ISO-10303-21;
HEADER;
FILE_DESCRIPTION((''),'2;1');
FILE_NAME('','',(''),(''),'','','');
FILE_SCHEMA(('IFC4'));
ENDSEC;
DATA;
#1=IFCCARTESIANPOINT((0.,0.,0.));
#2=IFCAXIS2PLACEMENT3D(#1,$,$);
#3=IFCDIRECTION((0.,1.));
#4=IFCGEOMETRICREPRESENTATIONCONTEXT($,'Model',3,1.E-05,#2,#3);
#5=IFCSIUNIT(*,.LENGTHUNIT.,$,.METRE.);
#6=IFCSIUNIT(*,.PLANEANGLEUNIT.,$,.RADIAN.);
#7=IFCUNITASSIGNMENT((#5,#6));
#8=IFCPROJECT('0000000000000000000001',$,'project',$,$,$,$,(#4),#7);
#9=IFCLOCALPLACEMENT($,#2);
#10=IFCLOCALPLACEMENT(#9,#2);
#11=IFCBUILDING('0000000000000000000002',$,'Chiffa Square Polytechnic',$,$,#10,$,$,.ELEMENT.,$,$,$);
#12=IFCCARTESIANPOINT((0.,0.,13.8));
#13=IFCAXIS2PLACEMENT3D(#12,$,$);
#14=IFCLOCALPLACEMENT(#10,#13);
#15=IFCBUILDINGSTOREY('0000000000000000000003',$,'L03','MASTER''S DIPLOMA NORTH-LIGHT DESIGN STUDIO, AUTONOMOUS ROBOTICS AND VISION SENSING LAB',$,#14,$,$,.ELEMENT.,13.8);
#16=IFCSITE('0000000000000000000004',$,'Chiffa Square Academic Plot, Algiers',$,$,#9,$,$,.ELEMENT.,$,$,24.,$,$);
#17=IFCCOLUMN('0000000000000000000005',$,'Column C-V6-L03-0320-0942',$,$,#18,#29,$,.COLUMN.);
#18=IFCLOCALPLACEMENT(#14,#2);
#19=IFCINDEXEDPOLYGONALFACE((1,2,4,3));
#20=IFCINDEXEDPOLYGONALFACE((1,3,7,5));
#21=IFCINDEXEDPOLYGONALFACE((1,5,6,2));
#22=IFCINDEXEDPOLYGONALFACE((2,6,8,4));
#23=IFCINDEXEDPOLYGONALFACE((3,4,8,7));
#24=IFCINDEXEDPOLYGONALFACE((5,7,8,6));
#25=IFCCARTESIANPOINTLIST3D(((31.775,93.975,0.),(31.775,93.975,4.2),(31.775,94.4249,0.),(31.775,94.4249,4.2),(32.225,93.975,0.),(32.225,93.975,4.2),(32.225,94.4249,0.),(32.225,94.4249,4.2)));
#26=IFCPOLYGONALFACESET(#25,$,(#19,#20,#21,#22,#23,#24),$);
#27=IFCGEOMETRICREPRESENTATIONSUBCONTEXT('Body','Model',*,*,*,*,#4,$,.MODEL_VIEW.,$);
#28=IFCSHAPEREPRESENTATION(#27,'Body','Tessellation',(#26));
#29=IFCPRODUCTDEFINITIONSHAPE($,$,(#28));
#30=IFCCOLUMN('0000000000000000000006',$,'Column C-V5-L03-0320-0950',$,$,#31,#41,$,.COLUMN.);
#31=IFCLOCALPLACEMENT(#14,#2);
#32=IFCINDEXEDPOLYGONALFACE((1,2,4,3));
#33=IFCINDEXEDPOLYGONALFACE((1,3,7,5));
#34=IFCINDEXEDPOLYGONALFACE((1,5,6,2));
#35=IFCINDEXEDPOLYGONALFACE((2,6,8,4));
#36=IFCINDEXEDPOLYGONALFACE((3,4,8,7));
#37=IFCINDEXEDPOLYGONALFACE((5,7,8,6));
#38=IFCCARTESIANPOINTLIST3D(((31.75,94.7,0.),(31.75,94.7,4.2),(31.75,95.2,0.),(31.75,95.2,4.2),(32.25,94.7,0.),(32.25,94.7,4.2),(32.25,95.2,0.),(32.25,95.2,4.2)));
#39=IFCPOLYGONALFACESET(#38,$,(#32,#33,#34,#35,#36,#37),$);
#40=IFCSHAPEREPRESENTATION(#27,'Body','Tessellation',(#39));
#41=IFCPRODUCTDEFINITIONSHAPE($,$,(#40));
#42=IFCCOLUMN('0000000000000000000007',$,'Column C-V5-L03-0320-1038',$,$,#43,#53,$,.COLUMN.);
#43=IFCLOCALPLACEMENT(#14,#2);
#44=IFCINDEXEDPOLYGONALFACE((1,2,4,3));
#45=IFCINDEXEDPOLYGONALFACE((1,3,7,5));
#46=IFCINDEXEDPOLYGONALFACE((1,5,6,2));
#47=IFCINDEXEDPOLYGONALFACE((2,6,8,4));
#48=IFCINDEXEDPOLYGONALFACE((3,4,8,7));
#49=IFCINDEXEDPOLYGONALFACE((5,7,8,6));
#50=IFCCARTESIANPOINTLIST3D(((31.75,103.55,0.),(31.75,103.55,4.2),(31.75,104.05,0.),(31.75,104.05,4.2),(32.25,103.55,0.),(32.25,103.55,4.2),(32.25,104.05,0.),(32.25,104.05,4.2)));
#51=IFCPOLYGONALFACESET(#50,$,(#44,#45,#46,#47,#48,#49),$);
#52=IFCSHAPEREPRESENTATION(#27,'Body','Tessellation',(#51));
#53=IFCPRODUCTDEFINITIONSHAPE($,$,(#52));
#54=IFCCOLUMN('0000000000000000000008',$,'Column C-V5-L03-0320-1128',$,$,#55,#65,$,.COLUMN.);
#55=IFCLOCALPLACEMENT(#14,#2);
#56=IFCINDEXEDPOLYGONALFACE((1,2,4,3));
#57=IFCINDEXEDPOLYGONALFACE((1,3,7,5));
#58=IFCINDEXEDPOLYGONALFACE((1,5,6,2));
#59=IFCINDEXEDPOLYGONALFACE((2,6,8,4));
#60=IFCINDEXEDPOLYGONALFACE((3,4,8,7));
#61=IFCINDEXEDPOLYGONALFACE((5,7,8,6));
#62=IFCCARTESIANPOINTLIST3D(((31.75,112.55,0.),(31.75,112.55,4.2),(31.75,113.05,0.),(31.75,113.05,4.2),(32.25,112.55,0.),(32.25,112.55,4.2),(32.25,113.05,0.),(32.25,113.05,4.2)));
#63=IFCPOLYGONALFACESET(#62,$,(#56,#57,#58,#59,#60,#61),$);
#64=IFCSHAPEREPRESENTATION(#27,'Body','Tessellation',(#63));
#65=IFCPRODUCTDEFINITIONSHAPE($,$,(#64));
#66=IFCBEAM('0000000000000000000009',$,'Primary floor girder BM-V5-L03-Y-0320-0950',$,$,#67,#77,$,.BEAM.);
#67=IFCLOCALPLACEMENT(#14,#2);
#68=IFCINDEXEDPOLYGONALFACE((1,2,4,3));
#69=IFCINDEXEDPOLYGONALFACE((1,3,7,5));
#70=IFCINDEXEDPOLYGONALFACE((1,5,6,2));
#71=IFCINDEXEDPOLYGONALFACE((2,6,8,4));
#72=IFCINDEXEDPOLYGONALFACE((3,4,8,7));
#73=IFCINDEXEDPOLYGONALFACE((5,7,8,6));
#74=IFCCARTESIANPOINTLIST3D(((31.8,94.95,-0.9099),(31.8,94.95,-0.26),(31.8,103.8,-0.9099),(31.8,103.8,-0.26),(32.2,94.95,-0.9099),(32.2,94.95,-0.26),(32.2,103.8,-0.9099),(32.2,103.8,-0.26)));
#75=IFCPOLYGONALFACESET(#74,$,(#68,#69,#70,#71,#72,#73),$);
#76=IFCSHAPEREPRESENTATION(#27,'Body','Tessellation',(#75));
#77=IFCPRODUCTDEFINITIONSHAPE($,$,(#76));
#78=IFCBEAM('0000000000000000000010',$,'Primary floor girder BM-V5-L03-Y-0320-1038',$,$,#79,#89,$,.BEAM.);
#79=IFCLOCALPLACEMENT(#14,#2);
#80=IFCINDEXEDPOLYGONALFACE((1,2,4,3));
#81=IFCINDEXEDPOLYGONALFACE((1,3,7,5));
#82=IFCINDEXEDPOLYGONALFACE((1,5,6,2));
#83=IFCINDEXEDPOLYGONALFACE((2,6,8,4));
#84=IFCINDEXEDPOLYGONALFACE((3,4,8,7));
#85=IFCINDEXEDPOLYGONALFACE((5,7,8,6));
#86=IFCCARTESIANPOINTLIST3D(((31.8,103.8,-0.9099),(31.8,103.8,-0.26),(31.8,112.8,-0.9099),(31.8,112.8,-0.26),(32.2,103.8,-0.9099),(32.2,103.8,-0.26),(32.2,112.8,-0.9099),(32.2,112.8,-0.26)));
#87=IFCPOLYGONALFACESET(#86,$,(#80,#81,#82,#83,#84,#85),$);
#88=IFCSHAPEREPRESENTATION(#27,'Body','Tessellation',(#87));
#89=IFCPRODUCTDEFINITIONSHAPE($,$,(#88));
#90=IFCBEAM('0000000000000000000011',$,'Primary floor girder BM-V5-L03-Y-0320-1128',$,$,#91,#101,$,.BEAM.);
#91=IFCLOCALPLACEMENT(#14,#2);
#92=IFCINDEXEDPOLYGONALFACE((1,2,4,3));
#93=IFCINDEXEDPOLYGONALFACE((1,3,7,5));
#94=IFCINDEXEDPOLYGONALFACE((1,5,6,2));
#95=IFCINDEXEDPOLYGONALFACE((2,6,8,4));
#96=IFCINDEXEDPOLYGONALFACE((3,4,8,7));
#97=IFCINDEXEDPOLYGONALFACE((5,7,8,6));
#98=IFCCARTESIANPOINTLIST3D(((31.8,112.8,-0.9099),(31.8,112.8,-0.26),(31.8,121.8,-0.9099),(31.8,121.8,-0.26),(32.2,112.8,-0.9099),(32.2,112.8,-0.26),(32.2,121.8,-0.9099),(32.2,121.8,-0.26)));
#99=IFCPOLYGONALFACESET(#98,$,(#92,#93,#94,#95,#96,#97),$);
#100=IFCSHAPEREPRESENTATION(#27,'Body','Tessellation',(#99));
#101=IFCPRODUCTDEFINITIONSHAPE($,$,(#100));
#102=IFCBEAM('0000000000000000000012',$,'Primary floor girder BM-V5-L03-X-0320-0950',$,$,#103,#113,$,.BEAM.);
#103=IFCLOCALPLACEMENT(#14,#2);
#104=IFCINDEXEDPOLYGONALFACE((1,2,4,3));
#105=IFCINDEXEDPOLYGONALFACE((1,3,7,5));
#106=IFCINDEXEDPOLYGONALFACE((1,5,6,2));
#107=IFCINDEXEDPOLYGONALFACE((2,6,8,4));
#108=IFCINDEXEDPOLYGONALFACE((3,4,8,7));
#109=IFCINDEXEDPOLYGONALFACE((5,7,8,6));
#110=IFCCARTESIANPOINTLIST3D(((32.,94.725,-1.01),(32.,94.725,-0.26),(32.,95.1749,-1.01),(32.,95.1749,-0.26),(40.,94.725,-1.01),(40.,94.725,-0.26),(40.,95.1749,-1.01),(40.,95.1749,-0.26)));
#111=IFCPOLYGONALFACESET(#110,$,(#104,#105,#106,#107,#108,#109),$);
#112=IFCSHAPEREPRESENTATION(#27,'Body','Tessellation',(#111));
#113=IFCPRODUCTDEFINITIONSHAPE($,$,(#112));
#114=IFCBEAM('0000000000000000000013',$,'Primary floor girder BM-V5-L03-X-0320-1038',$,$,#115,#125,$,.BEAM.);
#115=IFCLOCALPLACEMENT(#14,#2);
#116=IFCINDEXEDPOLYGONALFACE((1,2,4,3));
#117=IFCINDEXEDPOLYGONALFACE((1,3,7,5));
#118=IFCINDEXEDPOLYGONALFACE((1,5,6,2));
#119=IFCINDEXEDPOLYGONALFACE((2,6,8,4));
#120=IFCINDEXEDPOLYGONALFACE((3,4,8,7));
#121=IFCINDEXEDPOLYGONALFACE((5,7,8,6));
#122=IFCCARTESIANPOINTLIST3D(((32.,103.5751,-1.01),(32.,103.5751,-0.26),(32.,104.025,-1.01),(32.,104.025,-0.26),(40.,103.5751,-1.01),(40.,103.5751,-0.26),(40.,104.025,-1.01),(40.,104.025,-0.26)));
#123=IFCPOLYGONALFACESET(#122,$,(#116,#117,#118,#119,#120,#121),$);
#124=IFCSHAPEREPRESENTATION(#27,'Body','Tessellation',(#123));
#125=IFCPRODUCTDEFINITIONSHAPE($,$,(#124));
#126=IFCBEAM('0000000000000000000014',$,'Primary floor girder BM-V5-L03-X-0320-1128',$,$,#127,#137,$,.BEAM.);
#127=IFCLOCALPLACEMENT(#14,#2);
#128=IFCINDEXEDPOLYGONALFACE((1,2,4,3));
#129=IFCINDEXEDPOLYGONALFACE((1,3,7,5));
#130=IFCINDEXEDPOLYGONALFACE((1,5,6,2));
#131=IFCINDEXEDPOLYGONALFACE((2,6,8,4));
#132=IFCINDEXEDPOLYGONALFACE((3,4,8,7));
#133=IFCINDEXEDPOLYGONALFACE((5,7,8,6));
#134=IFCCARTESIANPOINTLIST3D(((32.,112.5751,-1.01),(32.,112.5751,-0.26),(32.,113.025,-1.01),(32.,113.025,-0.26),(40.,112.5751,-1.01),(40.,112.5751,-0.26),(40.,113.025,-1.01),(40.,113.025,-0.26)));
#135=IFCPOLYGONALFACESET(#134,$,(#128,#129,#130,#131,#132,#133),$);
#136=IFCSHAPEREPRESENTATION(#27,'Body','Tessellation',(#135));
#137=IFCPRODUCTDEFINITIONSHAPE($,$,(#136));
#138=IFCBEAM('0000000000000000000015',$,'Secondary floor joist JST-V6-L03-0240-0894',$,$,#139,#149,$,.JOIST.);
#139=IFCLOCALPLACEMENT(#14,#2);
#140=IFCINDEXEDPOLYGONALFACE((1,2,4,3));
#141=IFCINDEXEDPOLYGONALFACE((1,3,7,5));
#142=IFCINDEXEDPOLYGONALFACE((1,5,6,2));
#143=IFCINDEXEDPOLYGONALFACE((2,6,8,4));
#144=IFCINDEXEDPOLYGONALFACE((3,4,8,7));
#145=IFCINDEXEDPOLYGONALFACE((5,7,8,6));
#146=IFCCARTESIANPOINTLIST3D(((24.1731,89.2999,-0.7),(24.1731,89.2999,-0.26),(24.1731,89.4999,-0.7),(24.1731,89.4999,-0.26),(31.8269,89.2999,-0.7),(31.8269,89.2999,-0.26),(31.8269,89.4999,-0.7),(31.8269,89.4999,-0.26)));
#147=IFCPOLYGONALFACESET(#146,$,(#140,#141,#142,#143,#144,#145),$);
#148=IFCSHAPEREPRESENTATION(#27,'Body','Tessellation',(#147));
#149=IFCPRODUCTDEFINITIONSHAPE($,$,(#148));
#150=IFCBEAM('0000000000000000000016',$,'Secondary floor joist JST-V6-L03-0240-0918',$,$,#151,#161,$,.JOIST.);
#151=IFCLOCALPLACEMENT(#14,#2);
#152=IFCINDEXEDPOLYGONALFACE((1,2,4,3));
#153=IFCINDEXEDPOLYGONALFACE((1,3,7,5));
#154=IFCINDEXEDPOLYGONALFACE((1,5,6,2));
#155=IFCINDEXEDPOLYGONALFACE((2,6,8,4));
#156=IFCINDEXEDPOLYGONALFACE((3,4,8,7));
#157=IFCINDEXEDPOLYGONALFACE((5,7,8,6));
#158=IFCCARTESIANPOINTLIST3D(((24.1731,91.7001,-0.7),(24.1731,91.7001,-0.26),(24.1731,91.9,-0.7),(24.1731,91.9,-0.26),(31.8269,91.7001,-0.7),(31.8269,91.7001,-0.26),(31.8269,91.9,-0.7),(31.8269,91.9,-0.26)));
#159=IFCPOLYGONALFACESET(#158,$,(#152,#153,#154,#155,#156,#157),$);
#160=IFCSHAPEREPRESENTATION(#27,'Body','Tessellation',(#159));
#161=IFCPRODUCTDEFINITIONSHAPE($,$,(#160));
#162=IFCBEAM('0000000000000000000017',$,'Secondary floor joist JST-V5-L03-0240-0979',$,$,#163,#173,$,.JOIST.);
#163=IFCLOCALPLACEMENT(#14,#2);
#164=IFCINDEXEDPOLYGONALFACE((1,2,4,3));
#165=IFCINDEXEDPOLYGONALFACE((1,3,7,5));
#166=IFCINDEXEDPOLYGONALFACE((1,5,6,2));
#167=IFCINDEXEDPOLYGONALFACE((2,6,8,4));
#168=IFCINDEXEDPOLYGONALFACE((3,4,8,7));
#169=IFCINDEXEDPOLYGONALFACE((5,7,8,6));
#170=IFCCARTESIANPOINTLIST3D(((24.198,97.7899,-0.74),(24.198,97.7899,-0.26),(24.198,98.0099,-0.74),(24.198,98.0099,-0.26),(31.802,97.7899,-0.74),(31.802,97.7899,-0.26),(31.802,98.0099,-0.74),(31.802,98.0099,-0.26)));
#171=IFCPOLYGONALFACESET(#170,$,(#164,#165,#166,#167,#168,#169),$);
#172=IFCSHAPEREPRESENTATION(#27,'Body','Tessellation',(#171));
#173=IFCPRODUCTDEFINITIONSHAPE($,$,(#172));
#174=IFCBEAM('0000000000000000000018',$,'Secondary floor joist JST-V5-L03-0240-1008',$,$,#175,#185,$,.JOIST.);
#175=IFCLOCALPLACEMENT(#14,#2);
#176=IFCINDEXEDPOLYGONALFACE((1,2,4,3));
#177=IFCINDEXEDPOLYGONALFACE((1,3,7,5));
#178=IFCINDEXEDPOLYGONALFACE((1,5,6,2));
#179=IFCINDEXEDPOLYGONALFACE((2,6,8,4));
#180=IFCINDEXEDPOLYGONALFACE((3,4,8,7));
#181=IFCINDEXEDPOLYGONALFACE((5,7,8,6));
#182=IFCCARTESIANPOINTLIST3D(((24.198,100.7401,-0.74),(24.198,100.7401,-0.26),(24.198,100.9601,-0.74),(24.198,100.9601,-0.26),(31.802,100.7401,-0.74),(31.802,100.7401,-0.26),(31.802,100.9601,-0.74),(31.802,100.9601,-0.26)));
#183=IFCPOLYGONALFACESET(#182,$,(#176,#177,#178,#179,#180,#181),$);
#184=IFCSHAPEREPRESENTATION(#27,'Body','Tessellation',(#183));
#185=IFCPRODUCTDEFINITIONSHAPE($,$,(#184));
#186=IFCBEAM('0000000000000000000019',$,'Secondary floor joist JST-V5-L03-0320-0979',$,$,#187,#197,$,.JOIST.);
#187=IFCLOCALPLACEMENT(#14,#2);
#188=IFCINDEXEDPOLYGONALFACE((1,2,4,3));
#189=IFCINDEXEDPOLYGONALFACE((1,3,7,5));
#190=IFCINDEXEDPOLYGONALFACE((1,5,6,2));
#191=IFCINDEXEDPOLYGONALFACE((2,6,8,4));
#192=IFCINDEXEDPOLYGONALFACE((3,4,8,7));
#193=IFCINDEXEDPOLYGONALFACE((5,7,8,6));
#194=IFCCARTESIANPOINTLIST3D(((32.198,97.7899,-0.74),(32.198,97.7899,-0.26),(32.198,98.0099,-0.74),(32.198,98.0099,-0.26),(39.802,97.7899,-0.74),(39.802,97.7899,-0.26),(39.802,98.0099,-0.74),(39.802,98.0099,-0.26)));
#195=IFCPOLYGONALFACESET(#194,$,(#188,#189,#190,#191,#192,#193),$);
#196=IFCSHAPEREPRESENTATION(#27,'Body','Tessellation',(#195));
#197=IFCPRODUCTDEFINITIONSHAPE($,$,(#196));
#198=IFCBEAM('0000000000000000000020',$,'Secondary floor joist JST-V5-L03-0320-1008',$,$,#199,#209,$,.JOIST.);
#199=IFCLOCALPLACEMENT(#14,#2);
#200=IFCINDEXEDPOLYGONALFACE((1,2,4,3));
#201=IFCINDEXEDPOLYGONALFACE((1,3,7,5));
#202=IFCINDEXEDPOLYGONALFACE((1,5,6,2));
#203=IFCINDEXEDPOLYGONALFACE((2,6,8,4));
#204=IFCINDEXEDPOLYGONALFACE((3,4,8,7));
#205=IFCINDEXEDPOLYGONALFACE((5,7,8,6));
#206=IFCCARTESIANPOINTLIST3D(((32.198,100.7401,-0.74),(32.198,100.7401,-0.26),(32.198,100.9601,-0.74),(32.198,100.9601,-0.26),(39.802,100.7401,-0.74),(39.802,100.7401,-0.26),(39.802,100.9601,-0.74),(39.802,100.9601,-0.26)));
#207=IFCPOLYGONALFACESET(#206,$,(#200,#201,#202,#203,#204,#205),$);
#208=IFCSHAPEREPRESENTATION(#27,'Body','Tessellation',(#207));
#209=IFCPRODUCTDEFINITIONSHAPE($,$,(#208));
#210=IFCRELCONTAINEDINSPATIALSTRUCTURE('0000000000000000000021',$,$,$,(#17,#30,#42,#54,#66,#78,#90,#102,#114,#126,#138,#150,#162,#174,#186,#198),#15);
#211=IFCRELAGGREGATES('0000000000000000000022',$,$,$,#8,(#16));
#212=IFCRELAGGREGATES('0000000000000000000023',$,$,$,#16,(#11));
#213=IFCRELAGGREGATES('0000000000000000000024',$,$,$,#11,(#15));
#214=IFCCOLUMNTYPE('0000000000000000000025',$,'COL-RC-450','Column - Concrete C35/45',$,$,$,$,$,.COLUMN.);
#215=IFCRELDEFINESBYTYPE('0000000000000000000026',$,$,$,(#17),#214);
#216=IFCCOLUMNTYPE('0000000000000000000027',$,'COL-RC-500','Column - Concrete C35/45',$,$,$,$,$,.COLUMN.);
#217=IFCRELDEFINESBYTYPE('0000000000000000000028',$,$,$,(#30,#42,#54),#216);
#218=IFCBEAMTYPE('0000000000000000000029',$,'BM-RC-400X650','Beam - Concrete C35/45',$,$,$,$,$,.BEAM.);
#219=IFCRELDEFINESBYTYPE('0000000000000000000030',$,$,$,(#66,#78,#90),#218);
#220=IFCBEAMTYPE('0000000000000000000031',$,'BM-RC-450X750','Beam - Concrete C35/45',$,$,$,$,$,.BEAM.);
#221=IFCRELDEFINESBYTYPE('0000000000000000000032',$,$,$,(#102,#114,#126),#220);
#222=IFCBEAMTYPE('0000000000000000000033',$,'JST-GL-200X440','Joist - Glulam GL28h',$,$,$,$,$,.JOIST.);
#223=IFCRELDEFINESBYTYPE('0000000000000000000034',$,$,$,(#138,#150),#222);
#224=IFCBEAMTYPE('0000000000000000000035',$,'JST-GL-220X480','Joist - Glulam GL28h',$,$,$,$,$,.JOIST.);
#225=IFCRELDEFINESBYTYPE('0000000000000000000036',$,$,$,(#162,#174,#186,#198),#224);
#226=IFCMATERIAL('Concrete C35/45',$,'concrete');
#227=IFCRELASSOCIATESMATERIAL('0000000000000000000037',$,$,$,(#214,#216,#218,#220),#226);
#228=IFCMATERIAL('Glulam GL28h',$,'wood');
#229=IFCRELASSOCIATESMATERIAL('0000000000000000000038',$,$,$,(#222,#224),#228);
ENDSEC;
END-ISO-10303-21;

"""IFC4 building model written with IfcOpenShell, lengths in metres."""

from ifc_helpers import new_model, si_unit, direction, frame, origin, origin_2d, place, context, subcontext, project, spatial, rectangle, extrude, material, material_profile, profile_set, type_object, element, save


model = new_model("IFC4")

# Units and contexts
model_context = context("Model", 3, precision=1e-05, world=origin(), true_north=direction((0.0, 1.0)))
body_context = subcontext(model_context, "Body", "Model", "MODEL_VIEW")
ifc_project = project(units=[si_unit("LENGTHUNIT", "METRE"), si_unit("PLANEANGLEUNIT", "RADIAN")], contexts=[model_context])

# Site, building, storey
site_placement = place(None, origin())
site = spatial("IfcSite", under=ifc_project, at=site_placement, Name="Chiffa Square Academic Plot, Algiers", CompositionType="ELEMENT", RefElevation=24.0)
building_placement = place(site_placement, origin())
building = spatial("IfcBuilding", under=site, at=building_placement, Name="Chiffa Square Polytechnic", CompositionType="ELEMENT")
storey_placement = place(building_placement, frame((0.0, 0.0, 13.8)))
storey = spatial("IfcBuildingStorey", under=building, at=storey_placement, Name="L03", Description="MASTER'S DIPLOMA NORTH-LIGHT DESIGN STUDIO, AUTONOMOUS ROBOTICS AND VISION SENSING LAB", CompositionType="ELEMENT", Elevation=13.8)

# Columns
ifc_material_1 = material(Name="Concrete C35/45", Category="concrete")
ifc_material_profile_1 = material_profile(ifc_material_1, rectangle(XDim=0.45, YDim=0.45, at=origin_2d()), Name="RC 450x450")
ifc_profile_set_1 = profile_set([ifc_material_profile_1], Name="Concrete C35/45")
column_type_1 = type_object("IfcColumnType", Name="COL-RC-450", Description="Column - Concrete C35/45", PredefinedType="COLUMN", material=ifc_profile_set_1)
column_placement = place(storey_placement, frame((32.0, 94.2, 0.0), z_axis=(0.0, 0.0, 1.0), x_axis=(1.0, 0.0, 0.0)))
element("IfcColumn", 1, at=column_placement, inside=storey, type_object=column_type_1, Name="Column C-V6-L03-0320-0942", PredefinedType="COLUMN", context=body_context, shape_type="SweptSolid", body=[
    extrude(rectangle(XDim=0.45, YDim=0.45, at=origin_2d()), origin(), (0.0, 0.0, 1.0), 4.2),
])
ifc_material_profile_2 = material_profile(ifc_material_1, rectangle(XDim=0.5, YDim=0.5, at=origin_2d()), Name="RC 500x500")
ifc_profile_set_2 = profile_set([ifc_material_profile_2], Name="Concrete C35/45")
column_type_2 = type_object("IfcColumnType", Name="COL-RC-500", Description="Column - Concrete C35/45", PredefinedType="COLUMN", material=ifc_profile_set_2)
for number, where, z_axis, x_axis, name in (
    (2, (32.0, 94.95, 0.0), (0.0, 0.0, 1.0), (1.0, 0.0, 0.0), "Column C-V5-L03-0320-0950"),
    (3, (32.0, 103.8, 0.0), (0.0, 0.0, 1.0), (1.0, 0.0, 0.0), "Column C-V5-L03-0320-1038"),
    (4, (32.0, 112.8, 0.0), (0.0, 0.0, 1.0), (1.0, 0.0, 0.0), "Column C-V5-L03-0320-1128"),
):
    element("IfcColumn", number, at=place(storey_placement, frame(where, z_axis=z_axis, x_axis=x_axis)), inside=storey, type_object=column_type_2, Name=name, PredefinedType="COLUMN", context=body_context, shape_type="SweptSolid", body=[
        extrude(rectangle(XDim=0.5, YDim=0.5, at=origin_2d()), origin(), (0.0, 0.0, 1.0), 4.2),
    ])

# Beams
ifc_material_profile_3 = material_profile(ifc_material_1, rectangle(XDim=0.3999, YDim=0.6499, at=origin_2d()), Name="RC 400x650")
ifc_profile_set_3 = profile_set([ifc_material_profile_3], Name="Concrete C35/45")
beam_type_1 = type_object("IfcBeamType", Name="BM-RC-400X650", Description="Beam - Concrete C35/45", PredefinedType="BEAM", material=ifc_profile_set_3)
beam_placement = place(storey_placement, frame((32.0, 94.95, -0.585), z_axis=(0.0, 1.0, 0.0), x_axis=(-1.0, 0.0, 0.0)))
element("IfcBeam", 5, at=beam_placement, inside=storey, type_object=beam_type_1, Name="Primary floor girder BM-V5-L03-Y-0320-0950", PredefinedType="BEAM", context=body_context, shape_type="SweptSolid", body=[
    extrude(rectangle(XDim=0.3999, YDim=0.6499, at=origin_2d()), origin(), (0.0, 0.0, 1.0), 8.8501),
])
for number, where, z_axis, x_axis, name in (
    (6, (32.0, 103.8, -0.585), (0.0, 1.0, 0.0), (-1.0, 0.0, 0.0), "Primary floor girder BM-V5-L03-Y-0320-1038"),
    (7, (32.0, 112.8, -0.585), (0.0, 1.0, 0.0), (-1.0, 0.0, 0.0), "Primary floor girder BM-V5-L03-Y-0320-1128"),
):
    element("IfcBeam", number, at=place(storey_placement, frame(where, z_axis=z_axis, x_axis=x_axis)), inside=storey, type_object=beam_type_1, Name=name, PredefinedType="BEAM", context=body_context, shape_type="SweptSolid", body=[
        extrude(rectangle(XDim=0.3999, YDim=0.6499, at=origin_2d()), origin(), (0.0, 0.0, 1.0), 9.0),
    ])
ifc_material_profile_4 = material_profile(ifc_material_1, rectangle(XDim=0.45, YDim=0.75, at=origin_2d()), Name="RC 450x750")
ifc_profile_set_4 = profile_set([ifc_material_profile_4], Name="Concrete C35/45")
beam_type_2 = type_object("IfcBeamType", Name="BM-RC-450X750", Description="Beam - Concrete C35/45", PredefinedType="BEAM", material=ifc_profile_set_4)
for number, where, z_axis, x_axis, name in (
    (8, (32.0, 94.95, -0.635), (1.0, 0.0, 0.0), (0.0, 1.0, 0.0), "Primary floor girder BM-V5-L03-X-0320-0950"),
    (9, (32.0, 103.8, -0.635), (1.0, 0.0, 0.0), (0.0, 1.0, 0.0), "Primary floor girder BM-V5-L03-X-0320-1038"),
    (10, (32.0, 112.8, -0.635), (1.0, 0.0, 0.0), (0.0, 1.0, 0.0), "Primary floor girder BM-V5-L03-X-0320-1128"),
):
    element("IfcBeam", number, at=place(storey_placement, frame(where, z_axis=z_axis, x_axis=x_axis)), inside=storey, type_object=beam_type_2, Name=name, PredefinedType="BEAM", context=body_context, shape_type="SweptSolid", body=[
        extrude(rectangle(XDim=0.45, YDim=0.75, at=origin_2d()), origin(), (0.0, 0.0, 1.0), 8.0),
    ])
ifc_material_2 = material(Name="Glulam GL28h", Category="wood")
ifc_material_profile_5 = material_profile(ifc_material_2, rectangle(XDim=0.2, YDim=0.4399, at=origin_2d()), Name="GL28h 200x440")
ifc_profile_set_5 = profile_set([ifc_material_profile_5], Name="Glulam GL28h")
beam_type_3 = type_object("IfcBeamType", Name="JST-GL-200X440", Description="Joist - Glulam GL28h", PredefinedType="JOIST", material=ifc_profile_set_5)
for number, where, z_axis, x_axis, name in (
    (11, (24.1731, 89.3999, -0.48), (1.0, 0.0, 0.0), (0.0, 1.0, 0.0), "Secondary floor joist JST-V6-L03-0240-0894"),
    (12, (24.1731, 91.8, -0.48), (1.0, 0.0, 0.0), (0.0, 1.0, 0.0), "Secondary floor joist JST-V6-L03-0240-0918"),
):
    element("IfcBeam", number, at=place(storey_placement, frame(where, z_axis=z_axis, x_axis=x_axis)), inside=storey, type_object=beam_type_3, Name=name, PredefinedType="JOIST", context=body_context, shape_type="SweptSolid", body=[
        extrude(rectangle(XDim=0.2, YDim=0.4399, at=origin_2d()), origin(), (0.0, 0.0, 1.0), 7.6538),
    ])
ifc_material_profile_6 = material_profile(ifc_material_2, rectangle(XDim=0.22, YDim=0.48, at=origin_2d()), Name="GL28h 220x480")
ifc_profile_set_6 = profile_set([ifc_material_profile_6], Name="Glulam GL28h")
beam_type_4 = type_object("IfcBeamType", Name="JST-GL-220X480", Description="Joist - Glulam GL28h", PredefinedType="JOIST", material=ifc_profile_set_6)
for number, where, z_axis, x_axis, name in (
    (13, (24.198, 97.8999, -0.5), (1.0, 0.0, 0.0), (0.0, 1.0, 0.0), "Secondary floor joist JST-V5-L03-0240-0979"),
    (14, (24.198, 100.8501, -0.5), (1.0, 0.0, 0.0), (0.0, 1.0, 0.0), "Secondary floor joist JST-V5-L03-0240-1008"),
    (15, (32.198, 97.8999, -0.5), (1.0, 0.0, 0.0), (0.0, 1.0, 0.0), "Secondary floor joist JST-V5-L03-0320-0979"),
    (16, (32.198, 100.8501, -0.5), (1.0, 0.0, 0.0), (0.0, 1.0, 0.0), "Secondary floor joist JST-V5-L03-0320-1008"),
):
    element("IfcBeam", number, at=place(storey_placement, frame(where, z_axis=z_axis, x_axis=x_axis)), inside=storey, type_object=beam_type_4, Name=name, PredefinedType="JOIST", context=body_context, shape_type="SweptSolid", body=[
        extrude(rectangle(XDim=0.22, YDim=0.48, at=origin_2d()), origin(), (0.0, 0.0, 1.0), 7.604),
    ])

save(model, "model.ifc")
